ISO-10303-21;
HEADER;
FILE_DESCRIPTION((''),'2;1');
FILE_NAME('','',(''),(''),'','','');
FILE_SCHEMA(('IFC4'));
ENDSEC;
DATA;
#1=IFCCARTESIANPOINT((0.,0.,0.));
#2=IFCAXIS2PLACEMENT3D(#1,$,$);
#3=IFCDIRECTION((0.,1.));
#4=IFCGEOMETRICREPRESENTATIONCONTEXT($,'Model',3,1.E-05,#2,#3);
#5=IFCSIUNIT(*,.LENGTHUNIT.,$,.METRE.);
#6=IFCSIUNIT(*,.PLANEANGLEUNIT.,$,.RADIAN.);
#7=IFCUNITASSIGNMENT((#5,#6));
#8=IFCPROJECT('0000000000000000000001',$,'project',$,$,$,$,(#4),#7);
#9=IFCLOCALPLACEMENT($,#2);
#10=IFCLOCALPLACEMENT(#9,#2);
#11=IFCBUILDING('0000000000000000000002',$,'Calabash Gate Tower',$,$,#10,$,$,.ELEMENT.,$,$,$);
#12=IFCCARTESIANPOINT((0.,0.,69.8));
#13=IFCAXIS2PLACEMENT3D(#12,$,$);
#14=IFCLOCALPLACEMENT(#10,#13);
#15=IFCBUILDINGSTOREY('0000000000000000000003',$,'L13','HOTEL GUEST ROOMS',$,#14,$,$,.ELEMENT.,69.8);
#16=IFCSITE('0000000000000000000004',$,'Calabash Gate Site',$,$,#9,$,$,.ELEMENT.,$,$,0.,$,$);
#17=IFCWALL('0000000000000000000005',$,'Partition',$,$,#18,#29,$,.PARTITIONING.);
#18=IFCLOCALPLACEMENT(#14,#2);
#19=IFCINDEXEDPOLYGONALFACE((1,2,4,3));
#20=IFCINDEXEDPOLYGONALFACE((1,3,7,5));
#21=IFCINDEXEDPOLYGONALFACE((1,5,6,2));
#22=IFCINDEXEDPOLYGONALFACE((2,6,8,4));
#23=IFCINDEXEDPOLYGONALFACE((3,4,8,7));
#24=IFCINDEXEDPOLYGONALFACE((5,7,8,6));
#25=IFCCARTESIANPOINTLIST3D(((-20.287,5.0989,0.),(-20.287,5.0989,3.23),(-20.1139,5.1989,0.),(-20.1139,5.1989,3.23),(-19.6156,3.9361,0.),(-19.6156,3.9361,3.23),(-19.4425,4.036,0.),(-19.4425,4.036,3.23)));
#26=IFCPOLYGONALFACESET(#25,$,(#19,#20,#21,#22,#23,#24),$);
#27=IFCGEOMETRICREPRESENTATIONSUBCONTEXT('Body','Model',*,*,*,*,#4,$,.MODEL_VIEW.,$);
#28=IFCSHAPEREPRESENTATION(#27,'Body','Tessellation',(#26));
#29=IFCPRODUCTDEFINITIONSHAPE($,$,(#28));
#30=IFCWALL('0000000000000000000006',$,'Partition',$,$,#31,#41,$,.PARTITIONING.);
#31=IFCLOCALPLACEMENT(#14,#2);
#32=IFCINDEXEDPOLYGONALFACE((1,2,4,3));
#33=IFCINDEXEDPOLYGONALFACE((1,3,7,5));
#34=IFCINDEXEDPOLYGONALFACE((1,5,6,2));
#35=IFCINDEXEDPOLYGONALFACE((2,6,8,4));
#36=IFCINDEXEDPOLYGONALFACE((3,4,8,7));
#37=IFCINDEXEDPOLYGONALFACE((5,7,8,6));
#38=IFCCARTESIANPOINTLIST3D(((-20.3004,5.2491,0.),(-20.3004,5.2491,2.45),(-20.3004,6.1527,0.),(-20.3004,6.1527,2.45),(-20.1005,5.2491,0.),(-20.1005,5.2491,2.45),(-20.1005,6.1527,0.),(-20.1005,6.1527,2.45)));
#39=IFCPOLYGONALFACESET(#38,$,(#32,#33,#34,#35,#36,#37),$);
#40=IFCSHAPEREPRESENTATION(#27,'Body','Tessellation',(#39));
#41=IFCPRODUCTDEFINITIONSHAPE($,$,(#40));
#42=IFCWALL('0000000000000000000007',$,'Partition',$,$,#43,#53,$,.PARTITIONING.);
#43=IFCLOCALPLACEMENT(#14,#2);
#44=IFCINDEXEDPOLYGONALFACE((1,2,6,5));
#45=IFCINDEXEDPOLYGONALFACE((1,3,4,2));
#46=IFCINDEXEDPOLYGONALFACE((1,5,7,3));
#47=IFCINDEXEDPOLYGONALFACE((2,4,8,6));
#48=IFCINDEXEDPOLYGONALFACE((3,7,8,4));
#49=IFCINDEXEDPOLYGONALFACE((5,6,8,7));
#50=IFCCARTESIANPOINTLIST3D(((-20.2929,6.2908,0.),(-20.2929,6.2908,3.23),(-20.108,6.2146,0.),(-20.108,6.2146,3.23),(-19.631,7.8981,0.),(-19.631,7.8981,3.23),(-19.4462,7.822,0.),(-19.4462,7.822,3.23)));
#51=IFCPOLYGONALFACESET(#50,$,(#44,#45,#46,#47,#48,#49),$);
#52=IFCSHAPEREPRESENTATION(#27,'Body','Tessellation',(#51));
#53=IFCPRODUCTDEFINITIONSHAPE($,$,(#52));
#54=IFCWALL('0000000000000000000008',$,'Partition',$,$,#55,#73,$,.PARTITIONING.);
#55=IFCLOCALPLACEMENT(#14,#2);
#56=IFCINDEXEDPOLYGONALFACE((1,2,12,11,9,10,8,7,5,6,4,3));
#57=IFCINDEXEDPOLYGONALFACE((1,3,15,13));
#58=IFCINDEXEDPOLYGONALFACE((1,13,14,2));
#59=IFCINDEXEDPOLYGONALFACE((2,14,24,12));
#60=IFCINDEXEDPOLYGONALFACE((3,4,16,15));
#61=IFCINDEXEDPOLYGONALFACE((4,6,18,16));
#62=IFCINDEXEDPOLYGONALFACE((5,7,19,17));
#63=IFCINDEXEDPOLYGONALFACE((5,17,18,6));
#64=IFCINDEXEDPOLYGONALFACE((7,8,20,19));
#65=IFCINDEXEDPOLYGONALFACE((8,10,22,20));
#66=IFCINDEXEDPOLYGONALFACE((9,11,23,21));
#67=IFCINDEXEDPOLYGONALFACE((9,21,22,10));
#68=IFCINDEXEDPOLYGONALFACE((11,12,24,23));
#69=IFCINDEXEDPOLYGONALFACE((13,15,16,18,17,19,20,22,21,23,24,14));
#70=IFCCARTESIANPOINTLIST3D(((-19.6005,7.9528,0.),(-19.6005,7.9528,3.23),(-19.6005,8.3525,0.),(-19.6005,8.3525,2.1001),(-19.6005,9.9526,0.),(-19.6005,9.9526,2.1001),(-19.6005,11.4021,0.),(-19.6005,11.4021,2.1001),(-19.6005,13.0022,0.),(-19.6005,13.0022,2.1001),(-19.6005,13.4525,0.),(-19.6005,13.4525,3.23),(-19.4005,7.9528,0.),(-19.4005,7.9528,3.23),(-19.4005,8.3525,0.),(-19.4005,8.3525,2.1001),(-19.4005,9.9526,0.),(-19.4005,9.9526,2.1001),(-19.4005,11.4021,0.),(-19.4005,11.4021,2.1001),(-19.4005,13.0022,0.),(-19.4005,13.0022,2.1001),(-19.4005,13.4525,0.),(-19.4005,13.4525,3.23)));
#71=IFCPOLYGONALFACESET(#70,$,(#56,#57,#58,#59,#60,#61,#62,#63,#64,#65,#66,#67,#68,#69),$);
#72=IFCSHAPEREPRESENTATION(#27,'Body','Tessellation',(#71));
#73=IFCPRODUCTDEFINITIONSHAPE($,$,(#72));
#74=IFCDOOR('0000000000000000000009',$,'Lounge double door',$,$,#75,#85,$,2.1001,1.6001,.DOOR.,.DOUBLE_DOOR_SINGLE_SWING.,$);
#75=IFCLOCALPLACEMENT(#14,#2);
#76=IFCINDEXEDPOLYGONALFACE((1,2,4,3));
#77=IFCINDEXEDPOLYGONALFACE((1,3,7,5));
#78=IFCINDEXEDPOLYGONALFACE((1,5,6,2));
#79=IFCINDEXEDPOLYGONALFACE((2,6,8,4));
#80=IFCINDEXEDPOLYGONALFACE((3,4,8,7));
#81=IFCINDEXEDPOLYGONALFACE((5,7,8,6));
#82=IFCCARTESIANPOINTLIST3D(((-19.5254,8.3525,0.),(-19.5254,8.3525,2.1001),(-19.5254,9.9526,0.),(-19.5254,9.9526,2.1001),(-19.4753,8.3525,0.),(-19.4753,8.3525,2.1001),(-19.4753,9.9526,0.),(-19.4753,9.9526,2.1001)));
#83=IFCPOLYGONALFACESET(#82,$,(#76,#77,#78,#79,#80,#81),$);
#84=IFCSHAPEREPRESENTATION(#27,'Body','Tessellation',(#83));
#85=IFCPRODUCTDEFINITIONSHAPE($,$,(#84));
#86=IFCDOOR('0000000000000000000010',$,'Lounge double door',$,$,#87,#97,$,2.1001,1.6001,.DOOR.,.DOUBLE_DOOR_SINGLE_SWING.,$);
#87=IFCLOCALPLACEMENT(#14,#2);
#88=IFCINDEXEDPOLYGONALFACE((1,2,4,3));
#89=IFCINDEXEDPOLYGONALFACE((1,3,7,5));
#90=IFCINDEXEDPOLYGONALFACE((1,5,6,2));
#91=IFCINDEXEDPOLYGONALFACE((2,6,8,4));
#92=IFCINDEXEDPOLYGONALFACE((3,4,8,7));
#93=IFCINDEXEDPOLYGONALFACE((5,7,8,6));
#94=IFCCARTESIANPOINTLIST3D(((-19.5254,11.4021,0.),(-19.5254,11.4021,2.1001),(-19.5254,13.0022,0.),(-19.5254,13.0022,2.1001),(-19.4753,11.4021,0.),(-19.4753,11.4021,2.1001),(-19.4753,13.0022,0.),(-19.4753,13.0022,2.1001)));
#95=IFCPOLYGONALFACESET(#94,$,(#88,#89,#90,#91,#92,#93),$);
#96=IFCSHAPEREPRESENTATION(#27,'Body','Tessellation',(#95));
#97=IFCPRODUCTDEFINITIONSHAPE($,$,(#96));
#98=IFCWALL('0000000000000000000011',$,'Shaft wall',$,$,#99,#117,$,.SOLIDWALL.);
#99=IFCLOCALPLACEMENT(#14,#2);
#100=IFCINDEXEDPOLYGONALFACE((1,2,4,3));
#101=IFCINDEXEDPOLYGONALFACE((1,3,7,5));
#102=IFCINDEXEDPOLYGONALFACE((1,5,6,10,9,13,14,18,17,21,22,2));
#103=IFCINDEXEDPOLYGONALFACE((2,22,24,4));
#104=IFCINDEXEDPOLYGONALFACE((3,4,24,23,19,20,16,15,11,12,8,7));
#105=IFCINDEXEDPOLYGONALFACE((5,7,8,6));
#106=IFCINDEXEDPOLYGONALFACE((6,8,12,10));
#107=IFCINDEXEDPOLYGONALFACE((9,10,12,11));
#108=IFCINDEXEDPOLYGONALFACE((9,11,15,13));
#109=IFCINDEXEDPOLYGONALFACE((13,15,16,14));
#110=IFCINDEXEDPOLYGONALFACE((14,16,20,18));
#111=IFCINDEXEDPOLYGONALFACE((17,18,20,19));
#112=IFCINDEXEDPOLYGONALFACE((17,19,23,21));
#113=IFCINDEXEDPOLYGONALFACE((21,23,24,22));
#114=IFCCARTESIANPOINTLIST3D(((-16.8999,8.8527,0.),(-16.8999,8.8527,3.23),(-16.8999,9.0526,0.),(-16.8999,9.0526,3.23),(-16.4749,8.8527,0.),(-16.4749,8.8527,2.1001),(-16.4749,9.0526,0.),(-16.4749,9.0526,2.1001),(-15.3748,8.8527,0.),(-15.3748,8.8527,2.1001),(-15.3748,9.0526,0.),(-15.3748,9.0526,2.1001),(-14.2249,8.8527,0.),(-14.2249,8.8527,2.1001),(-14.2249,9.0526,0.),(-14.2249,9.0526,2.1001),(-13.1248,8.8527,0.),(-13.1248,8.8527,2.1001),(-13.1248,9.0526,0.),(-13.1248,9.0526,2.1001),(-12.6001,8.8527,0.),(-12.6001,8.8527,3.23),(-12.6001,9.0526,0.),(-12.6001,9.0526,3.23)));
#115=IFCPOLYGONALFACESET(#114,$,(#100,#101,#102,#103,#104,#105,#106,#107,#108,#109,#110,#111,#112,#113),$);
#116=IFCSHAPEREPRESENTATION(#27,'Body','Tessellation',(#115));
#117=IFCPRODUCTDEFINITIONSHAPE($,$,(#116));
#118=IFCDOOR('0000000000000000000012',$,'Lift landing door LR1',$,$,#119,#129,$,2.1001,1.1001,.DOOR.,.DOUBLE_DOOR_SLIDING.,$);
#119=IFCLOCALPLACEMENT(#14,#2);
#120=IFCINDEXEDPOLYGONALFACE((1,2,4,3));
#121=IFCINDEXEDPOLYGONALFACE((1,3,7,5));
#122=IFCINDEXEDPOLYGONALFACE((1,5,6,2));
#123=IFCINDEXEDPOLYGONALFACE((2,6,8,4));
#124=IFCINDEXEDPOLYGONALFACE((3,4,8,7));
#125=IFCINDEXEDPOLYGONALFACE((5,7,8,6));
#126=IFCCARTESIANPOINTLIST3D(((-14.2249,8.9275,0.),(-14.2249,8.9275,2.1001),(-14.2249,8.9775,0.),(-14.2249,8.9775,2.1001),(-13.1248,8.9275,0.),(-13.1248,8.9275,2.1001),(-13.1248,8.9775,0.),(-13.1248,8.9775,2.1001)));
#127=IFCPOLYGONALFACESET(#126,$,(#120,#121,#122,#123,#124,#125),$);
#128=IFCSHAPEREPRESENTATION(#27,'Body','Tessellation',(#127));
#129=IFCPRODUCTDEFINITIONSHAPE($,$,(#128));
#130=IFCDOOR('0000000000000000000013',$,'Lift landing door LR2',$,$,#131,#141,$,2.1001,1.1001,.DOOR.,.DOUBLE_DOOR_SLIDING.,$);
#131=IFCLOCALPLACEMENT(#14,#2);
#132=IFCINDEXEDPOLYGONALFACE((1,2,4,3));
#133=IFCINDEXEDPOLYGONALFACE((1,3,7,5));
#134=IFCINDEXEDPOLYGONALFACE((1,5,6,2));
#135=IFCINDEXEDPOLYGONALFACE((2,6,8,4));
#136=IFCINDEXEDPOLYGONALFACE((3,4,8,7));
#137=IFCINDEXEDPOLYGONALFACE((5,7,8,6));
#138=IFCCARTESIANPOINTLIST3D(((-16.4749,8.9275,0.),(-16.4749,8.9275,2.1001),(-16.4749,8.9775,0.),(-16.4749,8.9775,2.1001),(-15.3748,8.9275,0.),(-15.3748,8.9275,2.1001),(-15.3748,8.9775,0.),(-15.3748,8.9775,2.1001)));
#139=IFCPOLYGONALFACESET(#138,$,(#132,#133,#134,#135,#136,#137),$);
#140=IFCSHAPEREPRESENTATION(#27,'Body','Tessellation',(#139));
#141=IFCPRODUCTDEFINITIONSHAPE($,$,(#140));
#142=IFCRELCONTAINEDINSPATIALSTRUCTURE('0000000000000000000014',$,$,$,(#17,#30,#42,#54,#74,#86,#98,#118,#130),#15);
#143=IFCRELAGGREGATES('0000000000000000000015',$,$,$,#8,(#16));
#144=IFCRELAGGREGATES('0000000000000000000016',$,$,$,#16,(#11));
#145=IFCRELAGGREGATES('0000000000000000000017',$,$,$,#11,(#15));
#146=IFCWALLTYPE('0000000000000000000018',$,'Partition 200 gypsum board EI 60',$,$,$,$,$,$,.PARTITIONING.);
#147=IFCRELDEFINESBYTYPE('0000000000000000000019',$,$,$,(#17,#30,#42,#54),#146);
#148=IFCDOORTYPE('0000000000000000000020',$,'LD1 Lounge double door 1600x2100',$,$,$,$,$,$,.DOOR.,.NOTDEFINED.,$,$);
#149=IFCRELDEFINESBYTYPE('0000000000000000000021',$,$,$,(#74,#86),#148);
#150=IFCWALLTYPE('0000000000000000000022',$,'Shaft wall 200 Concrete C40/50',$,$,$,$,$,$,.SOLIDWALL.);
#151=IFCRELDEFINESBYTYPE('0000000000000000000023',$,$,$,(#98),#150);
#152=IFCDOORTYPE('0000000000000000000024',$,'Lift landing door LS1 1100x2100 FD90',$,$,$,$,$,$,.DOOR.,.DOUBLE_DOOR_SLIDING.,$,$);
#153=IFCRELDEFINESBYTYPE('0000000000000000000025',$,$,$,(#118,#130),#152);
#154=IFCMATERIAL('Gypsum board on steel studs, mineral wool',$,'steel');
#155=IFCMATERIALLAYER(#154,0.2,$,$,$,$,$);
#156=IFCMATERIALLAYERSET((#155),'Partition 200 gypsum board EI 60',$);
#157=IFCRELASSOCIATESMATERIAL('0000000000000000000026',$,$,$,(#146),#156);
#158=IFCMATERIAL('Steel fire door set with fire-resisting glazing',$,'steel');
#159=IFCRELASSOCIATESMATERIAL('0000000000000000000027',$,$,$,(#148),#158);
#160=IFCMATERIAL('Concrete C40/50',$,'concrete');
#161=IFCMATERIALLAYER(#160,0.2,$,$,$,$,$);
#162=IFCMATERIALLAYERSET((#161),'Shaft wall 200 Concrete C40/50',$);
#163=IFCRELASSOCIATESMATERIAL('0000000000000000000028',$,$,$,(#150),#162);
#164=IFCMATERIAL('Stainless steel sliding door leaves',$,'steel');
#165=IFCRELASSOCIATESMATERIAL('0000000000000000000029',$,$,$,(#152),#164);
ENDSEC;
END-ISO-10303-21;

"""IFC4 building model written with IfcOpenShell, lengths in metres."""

from ifc_helpers import new_model, si_unit, direction, frame, frame_2d, origin, place, context, subcontext, project, spatial, rectangle, extrude, material, layer, layer_set, type_object, element, fill, save


model = new_model("IFC4")

# Units and contexts
model_context = context("Model", 3, precision=1e-05, world=origin(), true_north=direction((0.0, 1.0)))
body_context = subcontext(model_context, "Body", "Model", "MODEL_VIEW")
ifc_project = project(units=[si_unit("LENGTHUNIT", "METRE"), si_unit("PLANEANGLEUNIT", "RADIAN")], contexts=[model_context])

# Site, building, storey
site_placement = place(None, origin())
site = spatial("IfcSite", under=ifc_project, at=site_placement, Name="Calabash Gate Site", CompositionType="ELEMENT", RefElevation=0.0)
building_placement = place(site_placement, origin())
building = spatial("IfcBuilding", under=site, at=building_placement, Name="Calabash Gate Tower", CompositionType="ELEMENT")
storey_placement = place(building_placement, frame((0.0, 0.0, 69.8)))
storey = spatial("IfcBuildingStorey", under=building, at=storey_placement, Name="L13", Description="HOTEL GUEST ROOMS", CompositionType="ELEMENT", Elevation=69.8)

# Walls
ifc_material_1 = material(Name="Gypsum board on steel studs, mineral wool", Category="steel")
ifc_layer_1 = layer(ifc_material_1, 0.2)
ifc_layer_set_1 = layer_set([ifc_layer_1], Name="Partition 200 gypsum board EI 60")
wall_type_1 = type_object("IfcWallType", Name="Partition 200 gypsum board EI 60", PredefinedType="PARTITIONING", material=ifc_layer_set_1)
wall_1_placement = place(storey_placement, frame((-20.2004, 5.1489, 0.0), z_axis=(0.0, 0.0, 1.0), x_axis=(0.500011, -0.866019, 0.0)))
element("IfcWall", 1, at=wall_1_placement, inside=storey, type_object=wall_type_1, Name="Partition", PredefinedType="PARTITIONING", context=body_context, shape_type="SweptSolid", body=[
    extrude(rectangle(XDim=1.3428, YDim=0.2, at=frame_2d((0.6714, 0.0))), origin(), (0.0, 0.0, 1.0), 3.23),
])
wall_2_placement = place(storey_placement, frame((-20.2004, 6.1526, 0.0), z_axis=(0.0, 0.0, 1.0), x_axis=(0.0, -1.0, 0.0)))
element("IfcWall", 2, at=wall_2_placement, inside=storey, type_object=wall_type_1, Name="Partition", PredefinedType="PARTITIONING", context=body_context, shape_type="SweptSolid", body=[
    extrude(rectangle(XDim=0.9036, YDim=0.2, at=frame_2d((0.4517, 0.0))), origin(), (0.0, 0.0, 1.0), 2.45),
])
wall_3_placement = place(storey_placement, frame((-20.2004, 6.2527, 0.0), z_axis=(0.0, 0.0, 1.0), x_axis=(0.380743, 0.924681, 0.0)))
element("IfcWall", 3, at=wall_3_placement, inside=storey, type_object=wall_type_1, Name="Partition", PredefinedType="PARTITIONING", context=body_context, shape_type="SweptSolid", body=[
    extrude(rectangle(XDim=1.7383, YDim=0.2, at=frame_2d((0.8691, 0.0))), origin(), (0.0, 0.0, 1.0), 3.23),
])

# Walls, openings, doors
wall_4_placement = place(storey_placement, frame((-19.5005, 7.9526, 0.0), z_axis=(0.0, 0.0, 1.0), x_axis=(0.0, 1.0, 0.0)))
wall_4 = element("IfcWall", 4, at=wall_4_placement, inside=storey, type_object=wall_type_1, Name="Partition", PredefinedType="PARTITIONING", context=body_context, shape_type="SweptSolid", body=[
    extrude(rectangle(XDim=5.4998, YDim=0.2, at=frame_2d((2.75, 0.0))), origin(), (0.0, 0.0, 1.0), 3.23),
])
opening_1_placement = place(wall_4_placement, frame((0.3999, 0.0, 0.0)))
opening_1 = element("IfcOpeningElement", 5, at=opening_1_placement, cuts=wall_4, PredefinedType="OPENING", context=body_context, shape_type="SweptSolid", body=[
    extrude(rectangle(XDim=1.6001, YDim=2.1001, at=frame_2d((0.8, 1.05))), frame((0.0, 0.1099, 0.0), z_axis=(0.0, -1.0, 0.0), x_axis=(1.0, 0.0, 0.0)), (0.0, 0.0, 1.0), 0.22),
])
opening_2_placement = place(wall_4_placement, frame((3.4495, 0.0, 0.0)))
opening_2 = element("IfcOpeningElement", 6, at=opening_2_placement, cuts=wall_4, PredefinedType="OPENING", context=body_context, shape_type="SweptSolid", body=[
    extrude(rectangle(XDim=1.6001, YDim=2.1001, at=frame_2d((0.8, 1.05))), frame((0.0, 0.1099, 0.0), z_axis=(0.0, -1.0, 0.0), x_axis=(1.0, 0.0, 0.0)), (0.0, 0.0, 1.0), 0.22),
])
ifc_material_2 = material(Name="Steel fire door set with fire-resisting glazing", Category="steel")
door_type_1 = type_object("IfcDoorType", Name="LD1 Lounge double door 1600x2100", OperationType="NOTDEFINED", PredefinedType="DOOR", material=ifc_material_2)
door_1_placement = place(opening_1_placement, origin())
door_1 = element("IfcDoor", 7, at=door_1_placement, inside=storey, type_object=door_type_1, Name="Lounge double door", OperationType="DOUBLE_DOOR_SINGLE_SWING", OverallHeight=2.1001, OverallWidth=1.6001, PredefinedType="DOOR", context=body_context, shape_type="SweptSolid", body=[
    extrude(rectangle(XDim=1.6001, YDim=2.1001, at=frame_2d((0.8, 1.05))), frame((0.0, 0.0249, 0.0), z_axis=(0.0, -1.0, 0.0), x_axis=(1.0, 0.0, 0.0)), (0.0, 0.0, 1.0), 0.05),
])
fill(opening_1, door_1)
door_2_placement = place(opening_2_placement, origin())
door_2 = element("IfcDoor", 8, at=door_2_placement, inside=storey, type_object=door_type_1, Name="Lounge double door", OperationType="DOUBLE_DOOR_SINGLE_SWING", OverallHeight=2.1001, OverallWidth=1.6001, PredefinedType="DOOR", context=body_context, shape_type="SweptSolid", body=[
    extrude(rectangle(XDim=1.6001, YDim=2.1001, at=frame_2d((0.8, 1.05))), frame((0.0, 0.0249, 0.0), z_axis=(0.0, -1.0, 0.0), x_axis=(1.0, 0.0, 0.0)), (0.0, 0.0, 1.0), 0.05),
])
fill(opening_2, door_2)
ifc_material_3 = material(Name="Concrete C40/50", Category="concrete")
ifc_layer_2 = layer(ifc_material_3, 0.2)
ifc_layer_set_2 = layer_set([ifc_layer_2], Name="Shaft wall 200 Concrete C40/50")
wall_type_2 = type_object("IfcWallType", Name="Shaft wall 200 Concrete C40/50", PredefinedType="SOLIDWALL", material=ifc_layer_set_2)
wall_5_placement = place(storey_placement, frame((-16.8999, 8.9526, 0.0), z_axis=(0.0, 0.0, 1.0), x_axis=(1.0, 0.0, 0.0)))
wall_5 = element("IfcWall", 9, at=wall_5_placement, inside=storey, type_object=wall_type_2, Name="Shaft wall", PredefinedType="SOLIDWALL", context=body_context, shape_type="SweptSolid", body=[
    extrude(rectangle(XDim=4.2998, YDim=0.2, at=frame_2d((2.1499, 0.0))), origin(), (0.0, 0.0, 1.0), 3.23),
])
opening_3_placement = place(wall_5_placement, frame((2.675, 0.0, 0.0)))
opening_3 = element("IfcOpeningElement", 10, at=opening_3_placement, cuts=wall_5, PredefinedType="OPENING", context=body_context, shape_type="SweptSolid", body=[
    extrude(rectangle(XDim=1.1001, YDim=2.1001, at=frame_2d((0.55, 1.05))), frame((0.0, 0.1099, 0.0), z_axis=(0.0, -1.0, 0.0), x_axis=(1.0, 0.0, 0.0)), (0.0, 0.0, 1.0), 0.22),
])
opening_4_placement = place(wall_5_placement, frame((0.425, 0.0, 0.0)))
opening_4 = element("IfcOpeningElement", 11, at=opening_4_placement, cuts=wall_5, PredefinedType="OPENING", context=body_context, shape_type="SweptSolid", body=[
    extrude(rectangle(XDim=1.1001, YDim=2.1001, at=frame_2d((0.55, 1.05))), frame((0.0, 0.1099, 0.0), z_axis=(0.0, -1.0, 0.0), x_axis=(1.0, 0.0, 0.0)), (0.0, 0.0, 1.0), 0.22),
])
ifc_material_4 = material(Name="Stainless steel sliding door leaves", Category="steel")
door_type_2 = type_object("IfcDoorType", Name="Lift landing door LS1 1100x2100 FD90", OperationType="DOUBLE_DOOR_SLIDING", PredefinedType="DOOR", material=ifc_material_4)
door_3_placement = place(opening_3_placement, origin())
door_3 = element("IfcDoor", 12, at=door_3_placement, inside=storey, type_object=door_type_2, Name="Lift landing door LR1", OperationType="DOUBLE_DOOR_SLIDING", OverallHeight=2.1001, OverallWidth=1.1001, PredefinedType="DOOR", context=body_context, shape_type="SweptSolid", body=[
    extrude(rectangle(XDim=1.1001, YDim=2.1001, at=frame_2d((0.55, 1.05))), frame((0.0, 0.0249, 0.0), z_axis=(0.0, -1.0, 0.0), x_axis=(1.0, 0.0, 0.0)), (0.0, 0.0, 1.0), 0.05),
])
fill(opening_3, door_3)
door_4_placement = place(opening_4_placement, origin())
door_4 = element("IfcDoor", 13, at=door_4_placement, inside=storey, type_object=door_type_2, Name="Lift landing door LR2", OperationType="DOUBLE_DOOR_SLIDING", OverallHeight=2.1001, OverallWidth=1.1001, PredefinedType="DOOR", context=body_context, shape_type="SweptSolid", body=[
    extrude(rectangle(XDim=1.1001, YDim=2.1001, at=frame_2d((0.55, 1.05))), frame((0.0, 0.0249, 0.0), z_axis=(0.0, -1.0, 0.0), x_axis=(1.0, 0.0, 0.0)), (0.0, 0.0, 1.0), 0.05),
])
fill(opening_4, door_4)

save(model, "model.ifc")
